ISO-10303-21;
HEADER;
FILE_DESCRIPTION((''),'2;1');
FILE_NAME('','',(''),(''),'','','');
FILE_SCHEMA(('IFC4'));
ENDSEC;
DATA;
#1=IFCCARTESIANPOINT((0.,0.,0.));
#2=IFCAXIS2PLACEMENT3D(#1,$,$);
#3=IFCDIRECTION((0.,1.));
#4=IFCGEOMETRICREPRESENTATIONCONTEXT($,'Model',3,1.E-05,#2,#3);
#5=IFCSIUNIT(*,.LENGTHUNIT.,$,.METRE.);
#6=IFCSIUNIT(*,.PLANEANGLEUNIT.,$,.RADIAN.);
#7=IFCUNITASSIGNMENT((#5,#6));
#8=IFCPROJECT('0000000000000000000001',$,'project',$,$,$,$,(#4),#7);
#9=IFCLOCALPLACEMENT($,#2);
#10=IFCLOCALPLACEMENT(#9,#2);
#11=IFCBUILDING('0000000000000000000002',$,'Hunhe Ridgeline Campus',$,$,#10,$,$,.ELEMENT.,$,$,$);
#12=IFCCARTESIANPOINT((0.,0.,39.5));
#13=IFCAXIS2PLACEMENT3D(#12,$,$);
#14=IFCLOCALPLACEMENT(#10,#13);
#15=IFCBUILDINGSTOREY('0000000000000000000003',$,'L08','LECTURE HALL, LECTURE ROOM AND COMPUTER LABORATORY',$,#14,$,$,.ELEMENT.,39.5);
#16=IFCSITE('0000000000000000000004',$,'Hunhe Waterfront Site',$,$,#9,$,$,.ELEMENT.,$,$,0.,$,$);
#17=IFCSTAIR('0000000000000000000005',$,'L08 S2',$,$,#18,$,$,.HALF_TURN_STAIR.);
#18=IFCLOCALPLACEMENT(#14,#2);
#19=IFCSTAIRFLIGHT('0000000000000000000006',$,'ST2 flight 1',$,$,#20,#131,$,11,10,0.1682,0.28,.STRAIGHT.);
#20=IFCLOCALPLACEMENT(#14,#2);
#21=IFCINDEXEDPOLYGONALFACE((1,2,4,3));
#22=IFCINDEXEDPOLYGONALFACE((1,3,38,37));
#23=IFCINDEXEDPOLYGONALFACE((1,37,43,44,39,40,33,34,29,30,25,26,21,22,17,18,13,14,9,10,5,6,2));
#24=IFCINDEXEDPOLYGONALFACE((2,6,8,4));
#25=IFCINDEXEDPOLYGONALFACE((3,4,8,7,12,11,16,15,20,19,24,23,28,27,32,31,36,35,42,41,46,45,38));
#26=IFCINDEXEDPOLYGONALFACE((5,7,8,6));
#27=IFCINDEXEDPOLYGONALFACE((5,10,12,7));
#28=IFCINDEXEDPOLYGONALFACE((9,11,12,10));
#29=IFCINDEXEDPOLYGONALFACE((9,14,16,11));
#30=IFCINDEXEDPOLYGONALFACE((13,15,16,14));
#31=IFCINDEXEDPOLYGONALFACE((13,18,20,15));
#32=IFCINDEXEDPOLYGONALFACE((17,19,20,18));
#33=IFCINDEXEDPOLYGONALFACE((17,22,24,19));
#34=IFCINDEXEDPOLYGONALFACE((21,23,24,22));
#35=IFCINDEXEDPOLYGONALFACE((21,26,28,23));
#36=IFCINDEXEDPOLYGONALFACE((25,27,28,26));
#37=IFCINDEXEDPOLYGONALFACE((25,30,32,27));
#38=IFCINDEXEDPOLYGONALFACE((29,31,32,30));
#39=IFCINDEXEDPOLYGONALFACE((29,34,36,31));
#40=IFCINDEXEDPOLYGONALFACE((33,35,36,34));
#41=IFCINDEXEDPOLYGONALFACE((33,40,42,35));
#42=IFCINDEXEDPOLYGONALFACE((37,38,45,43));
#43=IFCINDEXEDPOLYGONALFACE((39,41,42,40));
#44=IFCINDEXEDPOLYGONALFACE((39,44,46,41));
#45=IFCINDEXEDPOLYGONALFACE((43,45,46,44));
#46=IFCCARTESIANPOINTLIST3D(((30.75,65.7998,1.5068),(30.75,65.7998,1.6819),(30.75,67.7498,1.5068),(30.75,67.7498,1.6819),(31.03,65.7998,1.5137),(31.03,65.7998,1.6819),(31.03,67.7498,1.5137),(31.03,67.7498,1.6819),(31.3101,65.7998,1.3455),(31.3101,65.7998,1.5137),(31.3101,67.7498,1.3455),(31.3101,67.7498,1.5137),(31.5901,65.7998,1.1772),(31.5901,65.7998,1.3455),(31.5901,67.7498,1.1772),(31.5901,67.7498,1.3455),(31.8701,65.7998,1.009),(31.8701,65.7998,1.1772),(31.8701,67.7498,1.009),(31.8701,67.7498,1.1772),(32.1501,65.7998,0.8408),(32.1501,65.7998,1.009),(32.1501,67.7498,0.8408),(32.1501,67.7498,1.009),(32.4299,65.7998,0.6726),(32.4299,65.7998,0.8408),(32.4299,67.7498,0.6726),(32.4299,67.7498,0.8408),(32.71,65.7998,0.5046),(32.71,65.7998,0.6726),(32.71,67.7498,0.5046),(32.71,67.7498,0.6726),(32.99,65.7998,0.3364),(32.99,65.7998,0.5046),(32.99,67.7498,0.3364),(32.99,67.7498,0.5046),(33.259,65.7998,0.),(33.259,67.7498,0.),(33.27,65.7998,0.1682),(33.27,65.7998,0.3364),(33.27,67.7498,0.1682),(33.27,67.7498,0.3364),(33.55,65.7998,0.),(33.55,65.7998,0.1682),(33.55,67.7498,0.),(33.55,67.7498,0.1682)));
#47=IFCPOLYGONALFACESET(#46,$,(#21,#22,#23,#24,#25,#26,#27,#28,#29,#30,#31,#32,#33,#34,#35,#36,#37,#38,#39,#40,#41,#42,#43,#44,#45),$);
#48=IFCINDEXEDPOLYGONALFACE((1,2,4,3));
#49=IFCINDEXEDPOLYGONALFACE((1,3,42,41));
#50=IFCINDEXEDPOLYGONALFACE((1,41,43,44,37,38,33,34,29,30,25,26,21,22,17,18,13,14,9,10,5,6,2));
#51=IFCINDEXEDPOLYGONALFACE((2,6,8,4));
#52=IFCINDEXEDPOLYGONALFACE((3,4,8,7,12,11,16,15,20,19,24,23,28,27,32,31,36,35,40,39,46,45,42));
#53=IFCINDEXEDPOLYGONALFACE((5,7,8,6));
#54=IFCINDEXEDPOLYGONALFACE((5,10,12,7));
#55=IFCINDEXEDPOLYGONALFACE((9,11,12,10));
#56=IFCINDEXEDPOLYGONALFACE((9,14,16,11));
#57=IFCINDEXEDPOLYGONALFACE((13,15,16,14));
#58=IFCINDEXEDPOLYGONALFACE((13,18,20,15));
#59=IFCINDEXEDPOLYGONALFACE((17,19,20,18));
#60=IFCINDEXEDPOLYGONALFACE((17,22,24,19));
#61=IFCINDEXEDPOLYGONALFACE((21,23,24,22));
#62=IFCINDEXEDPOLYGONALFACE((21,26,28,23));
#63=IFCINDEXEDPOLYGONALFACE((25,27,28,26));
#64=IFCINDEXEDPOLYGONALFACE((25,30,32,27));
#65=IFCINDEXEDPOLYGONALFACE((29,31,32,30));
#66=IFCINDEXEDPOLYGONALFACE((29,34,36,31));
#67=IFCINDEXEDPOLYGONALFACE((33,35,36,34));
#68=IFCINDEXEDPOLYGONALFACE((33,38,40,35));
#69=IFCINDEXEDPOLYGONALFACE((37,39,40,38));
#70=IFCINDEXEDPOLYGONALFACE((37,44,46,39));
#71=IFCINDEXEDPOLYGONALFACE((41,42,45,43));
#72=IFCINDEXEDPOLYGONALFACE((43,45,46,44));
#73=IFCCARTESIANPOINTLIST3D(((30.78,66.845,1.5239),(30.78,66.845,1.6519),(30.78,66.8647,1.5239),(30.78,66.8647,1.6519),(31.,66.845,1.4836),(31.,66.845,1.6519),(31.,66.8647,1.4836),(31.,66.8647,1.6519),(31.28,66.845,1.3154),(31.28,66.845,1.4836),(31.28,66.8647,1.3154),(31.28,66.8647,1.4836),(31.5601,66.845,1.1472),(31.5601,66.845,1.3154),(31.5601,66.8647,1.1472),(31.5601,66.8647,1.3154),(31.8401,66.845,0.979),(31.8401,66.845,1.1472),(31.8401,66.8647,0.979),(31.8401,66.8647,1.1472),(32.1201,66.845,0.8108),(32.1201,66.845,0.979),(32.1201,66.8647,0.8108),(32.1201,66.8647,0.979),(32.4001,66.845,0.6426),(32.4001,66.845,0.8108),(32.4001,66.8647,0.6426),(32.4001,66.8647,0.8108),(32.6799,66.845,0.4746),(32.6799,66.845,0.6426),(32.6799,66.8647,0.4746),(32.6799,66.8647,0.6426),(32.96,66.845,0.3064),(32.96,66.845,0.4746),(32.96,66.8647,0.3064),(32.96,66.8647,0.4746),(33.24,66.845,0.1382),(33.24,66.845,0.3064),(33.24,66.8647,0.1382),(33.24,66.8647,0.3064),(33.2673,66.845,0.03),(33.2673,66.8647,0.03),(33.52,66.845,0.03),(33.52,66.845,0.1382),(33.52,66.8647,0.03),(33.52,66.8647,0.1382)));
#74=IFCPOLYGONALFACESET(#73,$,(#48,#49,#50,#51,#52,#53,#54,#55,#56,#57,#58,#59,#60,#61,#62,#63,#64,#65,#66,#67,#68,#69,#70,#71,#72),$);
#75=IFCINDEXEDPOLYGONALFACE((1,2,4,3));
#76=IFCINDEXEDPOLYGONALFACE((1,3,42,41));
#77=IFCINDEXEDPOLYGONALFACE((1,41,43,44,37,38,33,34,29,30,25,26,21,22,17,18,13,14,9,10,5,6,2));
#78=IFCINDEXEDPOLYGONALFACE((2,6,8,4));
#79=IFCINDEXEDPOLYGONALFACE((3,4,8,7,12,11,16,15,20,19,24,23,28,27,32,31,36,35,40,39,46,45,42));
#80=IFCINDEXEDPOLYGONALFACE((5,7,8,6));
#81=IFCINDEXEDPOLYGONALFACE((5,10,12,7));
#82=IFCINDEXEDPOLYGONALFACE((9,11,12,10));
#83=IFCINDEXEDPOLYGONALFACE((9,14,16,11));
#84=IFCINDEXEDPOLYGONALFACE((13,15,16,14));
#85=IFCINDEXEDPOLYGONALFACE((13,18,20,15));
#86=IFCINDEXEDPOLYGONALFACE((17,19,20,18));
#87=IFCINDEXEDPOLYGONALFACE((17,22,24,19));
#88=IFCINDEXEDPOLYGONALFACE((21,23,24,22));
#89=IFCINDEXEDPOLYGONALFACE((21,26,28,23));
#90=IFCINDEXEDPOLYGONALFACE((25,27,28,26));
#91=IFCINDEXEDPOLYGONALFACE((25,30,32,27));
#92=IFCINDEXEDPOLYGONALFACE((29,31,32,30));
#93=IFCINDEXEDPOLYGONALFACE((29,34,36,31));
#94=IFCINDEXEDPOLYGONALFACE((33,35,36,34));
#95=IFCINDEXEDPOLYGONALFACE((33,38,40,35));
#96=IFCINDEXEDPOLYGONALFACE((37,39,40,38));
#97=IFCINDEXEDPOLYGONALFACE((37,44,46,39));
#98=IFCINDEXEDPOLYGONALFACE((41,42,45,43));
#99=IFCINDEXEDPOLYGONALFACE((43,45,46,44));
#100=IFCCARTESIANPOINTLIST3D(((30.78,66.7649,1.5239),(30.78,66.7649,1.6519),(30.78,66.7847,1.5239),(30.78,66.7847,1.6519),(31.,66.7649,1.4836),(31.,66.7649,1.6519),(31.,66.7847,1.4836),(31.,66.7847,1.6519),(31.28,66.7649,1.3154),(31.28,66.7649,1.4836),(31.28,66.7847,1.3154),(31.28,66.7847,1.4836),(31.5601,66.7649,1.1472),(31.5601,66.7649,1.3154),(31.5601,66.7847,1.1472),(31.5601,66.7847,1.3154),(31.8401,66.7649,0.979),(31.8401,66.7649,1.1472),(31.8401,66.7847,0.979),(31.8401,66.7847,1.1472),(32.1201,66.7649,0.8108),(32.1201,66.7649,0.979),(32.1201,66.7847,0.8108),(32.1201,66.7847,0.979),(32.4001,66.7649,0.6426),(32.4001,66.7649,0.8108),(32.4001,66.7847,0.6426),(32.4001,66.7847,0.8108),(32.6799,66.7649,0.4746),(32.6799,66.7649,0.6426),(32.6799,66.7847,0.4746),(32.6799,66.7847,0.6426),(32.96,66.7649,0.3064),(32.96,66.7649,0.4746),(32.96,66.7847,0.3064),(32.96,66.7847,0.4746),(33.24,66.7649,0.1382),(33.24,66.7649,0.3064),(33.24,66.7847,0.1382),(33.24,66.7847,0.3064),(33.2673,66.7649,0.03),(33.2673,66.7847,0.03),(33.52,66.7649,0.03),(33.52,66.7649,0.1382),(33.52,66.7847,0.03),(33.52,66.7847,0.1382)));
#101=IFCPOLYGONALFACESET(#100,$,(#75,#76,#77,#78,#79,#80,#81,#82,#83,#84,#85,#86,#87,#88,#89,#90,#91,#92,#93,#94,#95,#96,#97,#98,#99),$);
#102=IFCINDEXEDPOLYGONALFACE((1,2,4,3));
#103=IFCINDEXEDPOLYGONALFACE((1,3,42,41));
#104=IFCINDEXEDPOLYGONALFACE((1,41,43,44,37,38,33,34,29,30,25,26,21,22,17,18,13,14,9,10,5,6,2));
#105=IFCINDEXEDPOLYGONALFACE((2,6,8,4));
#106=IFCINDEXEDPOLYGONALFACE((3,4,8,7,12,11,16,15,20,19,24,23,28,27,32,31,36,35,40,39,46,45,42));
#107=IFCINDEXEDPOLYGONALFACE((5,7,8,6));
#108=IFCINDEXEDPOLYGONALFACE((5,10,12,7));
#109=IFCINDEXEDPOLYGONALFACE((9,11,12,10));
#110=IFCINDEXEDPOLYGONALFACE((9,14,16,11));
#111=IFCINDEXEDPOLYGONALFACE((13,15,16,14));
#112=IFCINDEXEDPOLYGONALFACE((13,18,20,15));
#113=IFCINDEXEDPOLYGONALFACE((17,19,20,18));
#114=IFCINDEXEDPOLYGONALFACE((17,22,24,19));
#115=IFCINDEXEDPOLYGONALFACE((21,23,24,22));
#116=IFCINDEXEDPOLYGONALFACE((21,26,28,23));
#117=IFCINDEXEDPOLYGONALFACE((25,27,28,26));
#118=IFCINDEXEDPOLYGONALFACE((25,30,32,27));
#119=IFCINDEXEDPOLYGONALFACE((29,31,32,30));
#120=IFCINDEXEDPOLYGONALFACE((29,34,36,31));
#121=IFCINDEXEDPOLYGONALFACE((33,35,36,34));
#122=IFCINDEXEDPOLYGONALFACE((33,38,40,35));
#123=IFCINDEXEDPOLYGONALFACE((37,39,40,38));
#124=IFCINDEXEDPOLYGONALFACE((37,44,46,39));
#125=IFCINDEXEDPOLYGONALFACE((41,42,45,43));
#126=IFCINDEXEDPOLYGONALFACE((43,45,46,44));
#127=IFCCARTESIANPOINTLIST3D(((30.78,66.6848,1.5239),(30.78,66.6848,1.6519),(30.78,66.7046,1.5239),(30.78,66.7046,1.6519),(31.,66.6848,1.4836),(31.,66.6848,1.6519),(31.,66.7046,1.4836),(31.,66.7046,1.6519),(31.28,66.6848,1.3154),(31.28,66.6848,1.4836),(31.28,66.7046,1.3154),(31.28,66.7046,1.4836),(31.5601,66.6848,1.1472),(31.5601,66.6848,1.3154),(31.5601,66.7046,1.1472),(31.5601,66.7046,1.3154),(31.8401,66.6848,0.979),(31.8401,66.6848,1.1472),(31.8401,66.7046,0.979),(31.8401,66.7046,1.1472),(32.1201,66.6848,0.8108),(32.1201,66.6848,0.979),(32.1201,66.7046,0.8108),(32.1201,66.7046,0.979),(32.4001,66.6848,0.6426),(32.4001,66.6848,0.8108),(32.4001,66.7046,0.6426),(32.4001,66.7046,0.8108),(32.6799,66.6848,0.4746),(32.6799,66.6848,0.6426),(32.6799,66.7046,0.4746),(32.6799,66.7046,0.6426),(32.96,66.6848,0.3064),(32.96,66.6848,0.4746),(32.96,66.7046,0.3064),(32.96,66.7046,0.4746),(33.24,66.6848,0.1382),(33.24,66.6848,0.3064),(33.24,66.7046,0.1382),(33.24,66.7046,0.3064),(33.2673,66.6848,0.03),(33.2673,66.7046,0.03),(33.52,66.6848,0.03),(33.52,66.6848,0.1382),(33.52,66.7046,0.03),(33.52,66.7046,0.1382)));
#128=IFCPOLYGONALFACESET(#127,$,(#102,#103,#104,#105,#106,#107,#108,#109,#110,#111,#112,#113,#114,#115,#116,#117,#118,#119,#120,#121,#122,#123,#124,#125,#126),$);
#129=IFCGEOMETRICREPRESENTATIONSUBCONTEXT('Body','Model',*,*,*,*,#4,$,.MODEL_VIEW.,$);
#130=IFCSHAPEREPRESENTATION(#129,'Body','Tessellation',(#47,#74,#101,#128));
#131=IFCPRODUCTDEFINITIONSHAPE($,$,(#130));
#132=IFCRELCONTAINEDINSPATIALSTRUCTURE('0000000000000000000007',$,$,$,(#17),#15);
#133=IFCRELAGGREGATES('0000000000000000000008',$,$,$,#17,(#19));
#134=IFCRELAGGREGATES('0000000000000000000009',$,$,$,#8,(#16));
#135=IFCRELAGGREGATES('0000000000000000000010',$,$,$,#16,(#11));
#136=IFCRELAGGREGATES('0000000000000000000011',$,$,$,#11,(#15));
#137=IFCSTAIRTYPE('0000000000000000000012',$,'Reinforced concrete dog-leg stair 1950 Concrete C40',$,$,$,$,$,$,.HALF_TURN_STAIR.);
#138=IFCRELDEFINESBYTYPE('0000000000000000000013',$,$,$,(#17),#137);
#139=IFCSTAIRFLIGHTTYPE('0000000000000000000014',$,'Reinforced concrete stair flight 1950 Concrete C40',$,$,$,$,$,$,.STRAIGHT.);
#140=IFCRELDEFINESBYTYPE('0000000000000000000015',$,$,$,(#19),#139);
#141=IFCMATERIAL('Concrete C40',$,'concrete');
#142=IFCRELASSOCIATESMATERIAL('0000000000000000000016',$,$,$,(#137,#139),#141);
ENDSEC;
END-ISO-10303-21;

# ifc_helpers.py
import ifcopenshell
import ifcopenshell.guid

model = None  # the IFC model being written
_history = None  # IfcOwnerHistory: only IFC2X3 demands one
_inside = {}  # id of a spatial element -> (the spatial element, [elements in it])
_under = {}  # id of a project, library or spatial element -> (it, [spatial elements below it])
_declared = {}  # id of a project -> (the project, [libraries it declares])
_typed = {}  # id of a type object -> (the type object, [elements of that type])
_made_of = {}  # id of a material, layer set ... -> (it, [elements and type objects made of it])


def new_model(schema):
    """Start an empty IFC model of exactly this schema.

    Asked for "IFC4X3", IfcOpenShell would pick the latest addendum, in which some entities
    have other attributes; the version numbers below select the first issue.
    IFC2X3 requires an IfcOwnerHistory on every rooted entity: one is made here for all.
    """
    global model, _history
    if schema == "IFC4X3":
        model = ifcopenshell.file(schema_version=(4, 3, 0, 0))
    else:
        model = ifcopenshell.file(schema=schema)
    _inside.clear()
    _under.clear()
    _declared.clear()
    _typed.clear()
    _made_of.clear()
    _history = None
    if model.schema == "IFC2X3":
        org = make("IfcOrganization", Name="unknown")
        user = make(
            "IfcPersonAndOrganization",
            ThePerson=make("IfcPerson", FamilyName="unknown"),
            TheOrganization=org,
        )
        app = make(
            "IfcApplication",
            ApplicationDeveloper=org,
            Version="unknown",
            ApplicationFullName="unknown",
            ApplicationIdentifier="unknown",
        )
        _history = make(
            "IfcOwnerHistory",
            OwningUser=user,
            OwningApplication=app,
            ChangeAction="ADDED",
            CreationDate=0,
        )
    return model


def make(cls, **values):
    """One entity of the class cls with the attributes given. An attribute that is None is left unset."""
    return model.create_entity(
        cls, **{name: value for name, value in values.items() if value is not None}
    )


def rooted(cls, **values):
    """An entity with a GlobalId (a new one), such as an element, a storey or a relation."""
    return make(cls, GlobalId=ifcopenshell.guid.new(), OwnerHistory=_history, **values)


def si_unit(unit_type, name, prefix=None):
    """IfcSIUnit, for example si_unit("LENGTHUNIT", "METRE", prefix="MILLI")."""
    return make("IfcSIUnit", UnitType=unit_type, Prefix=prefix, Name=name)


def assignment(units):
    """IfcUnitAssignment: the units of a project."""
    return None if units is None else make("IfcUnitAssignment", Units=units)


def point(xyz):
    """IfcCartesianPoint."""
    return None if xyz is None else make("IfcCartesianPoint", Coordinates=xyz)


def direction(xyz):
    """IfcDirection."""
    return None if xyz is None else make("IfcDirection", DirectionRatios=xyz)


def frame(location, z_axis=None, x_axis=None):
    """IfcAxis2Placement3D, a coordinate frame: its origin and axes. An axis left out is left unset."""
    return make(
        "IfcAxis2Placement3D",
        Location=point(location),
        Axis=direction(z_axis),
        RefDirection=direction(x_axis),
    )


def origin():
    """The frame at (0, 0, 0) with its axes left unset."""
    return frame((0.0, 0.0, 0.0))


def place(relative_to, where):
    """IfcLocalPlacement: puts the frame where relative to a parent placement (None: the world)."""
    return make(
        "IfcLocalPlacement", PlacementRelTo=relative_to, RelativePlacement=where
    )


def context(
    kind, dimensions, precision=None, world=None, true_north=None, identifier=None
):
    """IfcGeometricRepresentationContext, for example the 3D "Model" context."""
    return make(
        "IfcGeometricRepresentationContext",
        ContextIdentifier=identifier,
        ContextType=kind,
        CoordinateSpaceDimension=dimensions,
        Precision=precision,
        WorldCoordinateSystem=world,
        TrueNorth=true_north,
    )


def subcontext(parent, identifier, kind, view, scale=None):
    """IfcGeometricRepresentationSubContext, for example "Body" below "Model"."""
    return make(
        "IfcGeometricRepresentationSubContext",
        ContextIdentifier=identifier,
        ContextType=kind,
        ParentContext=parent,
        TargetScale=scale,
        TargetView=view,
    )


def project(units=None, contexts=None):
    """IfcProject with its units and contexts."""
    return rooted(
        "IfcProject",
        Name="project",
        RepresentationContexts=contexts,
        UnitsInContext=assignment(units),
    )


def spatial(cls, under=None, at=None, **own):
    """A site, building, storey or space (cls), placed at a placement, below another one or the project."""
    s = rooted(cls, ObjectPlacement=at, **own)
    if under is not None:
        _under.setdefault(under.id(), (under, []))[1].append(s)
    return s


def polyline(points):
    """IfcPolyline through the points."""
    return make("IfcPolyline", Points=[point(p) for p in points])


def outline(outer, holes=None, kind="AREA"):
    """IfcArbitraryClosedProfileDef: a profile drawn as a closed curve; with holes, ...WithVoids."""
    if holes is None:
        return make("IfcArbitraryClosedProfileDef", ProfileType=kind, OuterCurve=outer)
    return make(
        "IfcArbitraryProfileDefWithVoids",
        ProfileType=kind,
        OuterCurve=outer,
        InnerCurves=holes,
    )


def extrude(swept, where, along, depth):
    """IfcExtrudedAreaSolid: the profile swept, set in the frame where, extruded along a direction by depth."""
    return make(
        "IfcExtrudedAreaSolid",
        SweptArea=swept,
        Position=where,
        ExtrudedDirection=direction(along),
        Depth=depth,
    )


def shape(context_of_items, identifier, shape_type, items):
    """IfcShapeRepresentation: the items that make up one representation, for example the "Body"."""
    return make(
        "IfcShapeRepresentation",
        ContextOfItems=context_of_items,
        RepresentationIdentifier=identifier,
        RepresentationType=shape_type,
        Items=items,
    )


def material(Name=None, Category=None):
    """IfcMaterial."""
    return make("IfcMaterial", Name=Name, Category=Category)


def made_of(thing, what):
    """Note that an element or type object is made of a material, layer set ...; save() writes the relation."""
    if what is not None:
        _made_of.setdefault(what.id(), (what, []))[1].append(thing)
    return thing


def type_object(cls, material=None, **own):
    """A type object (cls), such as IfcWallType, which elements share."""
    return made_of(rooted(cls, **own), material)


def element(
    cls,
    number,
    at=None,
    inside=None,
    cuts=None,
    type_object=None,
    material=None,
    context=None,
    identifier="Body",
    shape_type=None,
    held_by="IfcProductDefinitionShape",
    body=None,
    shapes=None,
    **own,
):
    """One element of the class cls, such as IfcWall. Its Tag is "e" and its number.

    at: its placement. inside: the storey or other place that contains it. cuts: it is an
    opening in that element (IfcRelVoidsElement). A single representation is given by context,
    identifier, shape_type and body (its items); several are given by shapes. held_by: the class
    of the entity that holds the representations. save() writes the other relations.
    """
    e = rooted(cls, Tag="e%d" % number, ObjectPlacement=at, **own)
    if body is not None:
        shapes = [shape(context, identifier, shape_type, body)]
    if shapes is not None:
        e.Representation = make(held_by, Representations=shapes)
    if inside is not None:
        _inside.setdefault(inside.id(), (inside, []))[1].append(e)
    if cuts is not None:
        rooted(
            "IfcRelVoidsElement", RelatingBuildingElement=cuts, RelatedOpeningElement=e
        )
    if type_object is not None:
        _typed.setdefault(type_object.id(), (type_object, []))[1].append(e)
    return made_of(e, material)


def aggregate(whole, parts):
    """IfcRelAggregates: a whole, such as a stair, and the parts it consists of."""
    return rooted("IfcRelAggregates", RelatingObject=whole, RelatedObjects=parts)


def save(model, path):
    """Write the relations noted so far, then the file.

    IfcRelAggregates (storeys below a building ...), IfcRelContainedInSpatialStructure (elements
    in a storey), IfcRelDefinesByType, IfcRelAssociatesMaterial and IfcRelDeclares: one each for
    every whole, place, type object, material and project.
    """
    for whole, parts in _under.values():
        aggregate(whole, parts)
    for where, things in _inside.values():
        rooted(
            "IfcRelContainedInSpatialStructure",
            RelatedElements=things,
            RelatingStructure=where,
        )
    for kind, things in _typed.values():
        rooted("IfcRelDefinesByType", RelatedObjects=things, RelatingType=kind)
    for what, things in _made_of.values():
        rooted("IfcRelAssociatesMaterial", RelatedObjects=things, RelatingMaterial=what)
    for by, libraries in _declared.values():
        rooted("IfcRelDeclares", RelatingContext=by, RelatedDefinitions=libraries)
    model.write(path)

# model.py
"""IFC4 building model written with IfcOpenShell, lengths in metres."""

from ifc_helpers import new_model, si_unit, direction, frame, origin, place, context, subcontext, project, spatial, polyline, outline, extrude, material, type_object, element, aggregate, save


model = new_model("IFC4")

# Units and contexts
model_context = context("Model", 3, precision=1e-05, world=origin(), true_north=direction((0.0, 1.0)))
body_context = subcontext(model_context, "Body", "Model", "MODEL_VIEW")
ifc_project = project(units=[si_unit("LENGTHUNIT", "METRE"), si_unit("PLANEANGLEUNIT", "RADIAN")], contexts=[model_context])

# Site, building, storey
site_placement = place(None, origin())
site = spatial("IfcSite", under=ifc_project, at=site_placement, Name="Hunhe Waterfront Site", CompositionType="ELEMENT", RefElevation=0.0)
building_placement = place(site_placement, origin())
building = spatial("IfcBuilding", under=site, at=building_placement, Name="Hunhe Ridgeline Campus", CompositionType="ELEMENT")
storey_placement = place(building_placement, frame((0.0, 0.0, 39.5)))
storey = spatial("IfcBuildingStorey", under=building, at=storey_placement, Name="L08", Description="LECTURE HALL, LECTURE ROOM AND COMPUTER LABORATORY", CompositionType="ELEMENT", Elevation=39.5)

# Shared definitions
ifc_material_1 = material(Name="Concrete C40", Category="concrete")
stair_type = type_object("IfcStairType", Name="Reinforced concrete dog-leg stair 1950 Concrete C40", PredefinedType="HALF_TURN_STAIR", material=ifc_material_1)
stair_flight_type = type_object("IfcStairFlightType", Name="Reinforced concrete stair flight 1950 Concrete C40", PredefinedType="STRAIGHT", material=ifc_material_1)

# Stair, stair flight
stair_1_placement = place(storey_placement, origin())
stair_1 = element("IfcStair", 1, at=stair_1_placement, inside=storey, type_object=stair_type, Name="L08 S2", PredefinedType="HALF_TURN_STAIR")
stair_flight_1_placement = place(storey_placement, frame((33.55, 66.7749, 0.0), z_axis=(0.0, 0.0, 1.0), x_axis=(-1.0, 0.0, 0.0)))
stair_flight_1 = element("IfcStairFlight", 2, at=stair_flight_1_placement, type_object=stair_flight_type, Name="ST2 flight 1", NumberOfRisers=11, NumberOfTreads=10, PredefinedType="STRAIGHT", RiserHeight=0.1682, TreadLength=0.28, context=body_context, shape_type="SweptSolid", body=[
    extrude(outline(polyline([(0.0, 0.0), (0.0, 0.1682), (0.28, 0.1682), (0.28, 0.3364), (0.5601, 0.3364), (0.5601, 0.5046), (0.8401, 0.5046), (0.8401, 0.6726), (1.1201, 0.6726), (1.1201, 0.8408), (1.3999, 0.8408), (1.3999, 1.009), (1.6799, 1.009), (1.6799, 1.1772), (1.96, 1.1772), (1.96, 1.3455), (2.24, 1.3455), (2.24, 1.5137), (2.52, 1.5137), (2.52, 1.6819), (2.8, 1.6819), (2.8, 1.8501), (2.8, 1.5068), (0.291, 0.0), (0.0, 0.0)])), frame((0.0, 0.9751, 0.0), z_axis=(0.0, -1.0, 0.0), x_axis=(1.0, 0.0, 0.0)), (0.0, 0.0, 1.0), 1.95),
    extrude(outline(polyline([(0.03, 0.03), (0.03, 0.1382), (0.3101, 0.1382), (0.3101, 0.3064), (0.5901, 0.3064), (0.5901, 0.4746), (0.8701, 0.4746), (0.8701, 0.6426), (1.1499, 0.6426), (1.1499, 0.8108), (1.4299, 0.8108), (1.4299, 0.979), (1.71, 0.979), (1.71, 1.1472), (1.99, 1.1472), (1.99, 1.3154), (2.27, 1.3154), (2.27, 1.4836), (2.55, 1.4836), (2.55, 1.6519), (2.77, 1.6519), (2.77, 1.5239), (0.2827, 0.03), (0.03, 0.03)])), frame((0.0, -0.0701, 0.0), z_axis=(0.0, -1.0, 0.0), x_axis=(1.0, 0.0, 0.0)), (0.0, 0.0, 1.0), 0.0198),
    extrude(outline(polyline([(0.03, 0.03), (0.03, 0.1382), (0.3101, 0.1382), (0.3101, 0.3064), (0.5901, 0.3064), (0.5901, 0.4746), (0.8701, 0.4746), (0.8701, 0.6426), (1.1499, 0.6426), (1.1499, 0.8108), (1.4299, 0.8108), (1.4299, 0.979), (1.71, 0.979), (1.71, 1.1472), (1.99, 1.1472), (1.99, 1.3154), (2.27, 1.3154), (2.27, 1.4836), (2.55, 1.4836), (2.55, 1.6519), (2.77, 1.6519), (2.77, 1.5239), (0.2827, 0.03), (0.03, 0.03)])), frame((0.0, 0.01, 0.0), z_axis=(0.0, -1.0, 0.0), x_axis=(1.0, 0.0, 0.0)), (0.0, 0.0, 1.0), 0.0198),
    extrude(outline(polyline([(0.03, 0.03), (0.03, 0.1382), (0.3101, 0.1382), (0.3101, 0.3064), (0.5901, 0.3064), (0.5901, 0.4746), (0.8701, 0.4746), (0.8701, 0.6426), (1.1499, 0.6426), (1.1499, 0.8108), (1.4299, 0.8108), (1.4299, 0.979), (1.71, 0.979), (1.71, 1.1472), (1.99, 1.1472), (1.99, 1.3154), (2.27, 1.3154), (2.27, 1.4836), (2.55, 1.4836), (2.55, 1.6519), (2.77, 1.6519), (2.77, 1.5239), (0.2827, 0.03), (0.03, 0.03)])), frame((0.0, 0.0901, 0.0), z_axis=(0.0, -1.0, 0.0), x_axis=(1.0, 0.0, 0.0)), (0.0, 0.0, 1.0), 0.0198),
])
aggregate(stair_1, [stair_flight_1])

save(model, "model.ifc")
